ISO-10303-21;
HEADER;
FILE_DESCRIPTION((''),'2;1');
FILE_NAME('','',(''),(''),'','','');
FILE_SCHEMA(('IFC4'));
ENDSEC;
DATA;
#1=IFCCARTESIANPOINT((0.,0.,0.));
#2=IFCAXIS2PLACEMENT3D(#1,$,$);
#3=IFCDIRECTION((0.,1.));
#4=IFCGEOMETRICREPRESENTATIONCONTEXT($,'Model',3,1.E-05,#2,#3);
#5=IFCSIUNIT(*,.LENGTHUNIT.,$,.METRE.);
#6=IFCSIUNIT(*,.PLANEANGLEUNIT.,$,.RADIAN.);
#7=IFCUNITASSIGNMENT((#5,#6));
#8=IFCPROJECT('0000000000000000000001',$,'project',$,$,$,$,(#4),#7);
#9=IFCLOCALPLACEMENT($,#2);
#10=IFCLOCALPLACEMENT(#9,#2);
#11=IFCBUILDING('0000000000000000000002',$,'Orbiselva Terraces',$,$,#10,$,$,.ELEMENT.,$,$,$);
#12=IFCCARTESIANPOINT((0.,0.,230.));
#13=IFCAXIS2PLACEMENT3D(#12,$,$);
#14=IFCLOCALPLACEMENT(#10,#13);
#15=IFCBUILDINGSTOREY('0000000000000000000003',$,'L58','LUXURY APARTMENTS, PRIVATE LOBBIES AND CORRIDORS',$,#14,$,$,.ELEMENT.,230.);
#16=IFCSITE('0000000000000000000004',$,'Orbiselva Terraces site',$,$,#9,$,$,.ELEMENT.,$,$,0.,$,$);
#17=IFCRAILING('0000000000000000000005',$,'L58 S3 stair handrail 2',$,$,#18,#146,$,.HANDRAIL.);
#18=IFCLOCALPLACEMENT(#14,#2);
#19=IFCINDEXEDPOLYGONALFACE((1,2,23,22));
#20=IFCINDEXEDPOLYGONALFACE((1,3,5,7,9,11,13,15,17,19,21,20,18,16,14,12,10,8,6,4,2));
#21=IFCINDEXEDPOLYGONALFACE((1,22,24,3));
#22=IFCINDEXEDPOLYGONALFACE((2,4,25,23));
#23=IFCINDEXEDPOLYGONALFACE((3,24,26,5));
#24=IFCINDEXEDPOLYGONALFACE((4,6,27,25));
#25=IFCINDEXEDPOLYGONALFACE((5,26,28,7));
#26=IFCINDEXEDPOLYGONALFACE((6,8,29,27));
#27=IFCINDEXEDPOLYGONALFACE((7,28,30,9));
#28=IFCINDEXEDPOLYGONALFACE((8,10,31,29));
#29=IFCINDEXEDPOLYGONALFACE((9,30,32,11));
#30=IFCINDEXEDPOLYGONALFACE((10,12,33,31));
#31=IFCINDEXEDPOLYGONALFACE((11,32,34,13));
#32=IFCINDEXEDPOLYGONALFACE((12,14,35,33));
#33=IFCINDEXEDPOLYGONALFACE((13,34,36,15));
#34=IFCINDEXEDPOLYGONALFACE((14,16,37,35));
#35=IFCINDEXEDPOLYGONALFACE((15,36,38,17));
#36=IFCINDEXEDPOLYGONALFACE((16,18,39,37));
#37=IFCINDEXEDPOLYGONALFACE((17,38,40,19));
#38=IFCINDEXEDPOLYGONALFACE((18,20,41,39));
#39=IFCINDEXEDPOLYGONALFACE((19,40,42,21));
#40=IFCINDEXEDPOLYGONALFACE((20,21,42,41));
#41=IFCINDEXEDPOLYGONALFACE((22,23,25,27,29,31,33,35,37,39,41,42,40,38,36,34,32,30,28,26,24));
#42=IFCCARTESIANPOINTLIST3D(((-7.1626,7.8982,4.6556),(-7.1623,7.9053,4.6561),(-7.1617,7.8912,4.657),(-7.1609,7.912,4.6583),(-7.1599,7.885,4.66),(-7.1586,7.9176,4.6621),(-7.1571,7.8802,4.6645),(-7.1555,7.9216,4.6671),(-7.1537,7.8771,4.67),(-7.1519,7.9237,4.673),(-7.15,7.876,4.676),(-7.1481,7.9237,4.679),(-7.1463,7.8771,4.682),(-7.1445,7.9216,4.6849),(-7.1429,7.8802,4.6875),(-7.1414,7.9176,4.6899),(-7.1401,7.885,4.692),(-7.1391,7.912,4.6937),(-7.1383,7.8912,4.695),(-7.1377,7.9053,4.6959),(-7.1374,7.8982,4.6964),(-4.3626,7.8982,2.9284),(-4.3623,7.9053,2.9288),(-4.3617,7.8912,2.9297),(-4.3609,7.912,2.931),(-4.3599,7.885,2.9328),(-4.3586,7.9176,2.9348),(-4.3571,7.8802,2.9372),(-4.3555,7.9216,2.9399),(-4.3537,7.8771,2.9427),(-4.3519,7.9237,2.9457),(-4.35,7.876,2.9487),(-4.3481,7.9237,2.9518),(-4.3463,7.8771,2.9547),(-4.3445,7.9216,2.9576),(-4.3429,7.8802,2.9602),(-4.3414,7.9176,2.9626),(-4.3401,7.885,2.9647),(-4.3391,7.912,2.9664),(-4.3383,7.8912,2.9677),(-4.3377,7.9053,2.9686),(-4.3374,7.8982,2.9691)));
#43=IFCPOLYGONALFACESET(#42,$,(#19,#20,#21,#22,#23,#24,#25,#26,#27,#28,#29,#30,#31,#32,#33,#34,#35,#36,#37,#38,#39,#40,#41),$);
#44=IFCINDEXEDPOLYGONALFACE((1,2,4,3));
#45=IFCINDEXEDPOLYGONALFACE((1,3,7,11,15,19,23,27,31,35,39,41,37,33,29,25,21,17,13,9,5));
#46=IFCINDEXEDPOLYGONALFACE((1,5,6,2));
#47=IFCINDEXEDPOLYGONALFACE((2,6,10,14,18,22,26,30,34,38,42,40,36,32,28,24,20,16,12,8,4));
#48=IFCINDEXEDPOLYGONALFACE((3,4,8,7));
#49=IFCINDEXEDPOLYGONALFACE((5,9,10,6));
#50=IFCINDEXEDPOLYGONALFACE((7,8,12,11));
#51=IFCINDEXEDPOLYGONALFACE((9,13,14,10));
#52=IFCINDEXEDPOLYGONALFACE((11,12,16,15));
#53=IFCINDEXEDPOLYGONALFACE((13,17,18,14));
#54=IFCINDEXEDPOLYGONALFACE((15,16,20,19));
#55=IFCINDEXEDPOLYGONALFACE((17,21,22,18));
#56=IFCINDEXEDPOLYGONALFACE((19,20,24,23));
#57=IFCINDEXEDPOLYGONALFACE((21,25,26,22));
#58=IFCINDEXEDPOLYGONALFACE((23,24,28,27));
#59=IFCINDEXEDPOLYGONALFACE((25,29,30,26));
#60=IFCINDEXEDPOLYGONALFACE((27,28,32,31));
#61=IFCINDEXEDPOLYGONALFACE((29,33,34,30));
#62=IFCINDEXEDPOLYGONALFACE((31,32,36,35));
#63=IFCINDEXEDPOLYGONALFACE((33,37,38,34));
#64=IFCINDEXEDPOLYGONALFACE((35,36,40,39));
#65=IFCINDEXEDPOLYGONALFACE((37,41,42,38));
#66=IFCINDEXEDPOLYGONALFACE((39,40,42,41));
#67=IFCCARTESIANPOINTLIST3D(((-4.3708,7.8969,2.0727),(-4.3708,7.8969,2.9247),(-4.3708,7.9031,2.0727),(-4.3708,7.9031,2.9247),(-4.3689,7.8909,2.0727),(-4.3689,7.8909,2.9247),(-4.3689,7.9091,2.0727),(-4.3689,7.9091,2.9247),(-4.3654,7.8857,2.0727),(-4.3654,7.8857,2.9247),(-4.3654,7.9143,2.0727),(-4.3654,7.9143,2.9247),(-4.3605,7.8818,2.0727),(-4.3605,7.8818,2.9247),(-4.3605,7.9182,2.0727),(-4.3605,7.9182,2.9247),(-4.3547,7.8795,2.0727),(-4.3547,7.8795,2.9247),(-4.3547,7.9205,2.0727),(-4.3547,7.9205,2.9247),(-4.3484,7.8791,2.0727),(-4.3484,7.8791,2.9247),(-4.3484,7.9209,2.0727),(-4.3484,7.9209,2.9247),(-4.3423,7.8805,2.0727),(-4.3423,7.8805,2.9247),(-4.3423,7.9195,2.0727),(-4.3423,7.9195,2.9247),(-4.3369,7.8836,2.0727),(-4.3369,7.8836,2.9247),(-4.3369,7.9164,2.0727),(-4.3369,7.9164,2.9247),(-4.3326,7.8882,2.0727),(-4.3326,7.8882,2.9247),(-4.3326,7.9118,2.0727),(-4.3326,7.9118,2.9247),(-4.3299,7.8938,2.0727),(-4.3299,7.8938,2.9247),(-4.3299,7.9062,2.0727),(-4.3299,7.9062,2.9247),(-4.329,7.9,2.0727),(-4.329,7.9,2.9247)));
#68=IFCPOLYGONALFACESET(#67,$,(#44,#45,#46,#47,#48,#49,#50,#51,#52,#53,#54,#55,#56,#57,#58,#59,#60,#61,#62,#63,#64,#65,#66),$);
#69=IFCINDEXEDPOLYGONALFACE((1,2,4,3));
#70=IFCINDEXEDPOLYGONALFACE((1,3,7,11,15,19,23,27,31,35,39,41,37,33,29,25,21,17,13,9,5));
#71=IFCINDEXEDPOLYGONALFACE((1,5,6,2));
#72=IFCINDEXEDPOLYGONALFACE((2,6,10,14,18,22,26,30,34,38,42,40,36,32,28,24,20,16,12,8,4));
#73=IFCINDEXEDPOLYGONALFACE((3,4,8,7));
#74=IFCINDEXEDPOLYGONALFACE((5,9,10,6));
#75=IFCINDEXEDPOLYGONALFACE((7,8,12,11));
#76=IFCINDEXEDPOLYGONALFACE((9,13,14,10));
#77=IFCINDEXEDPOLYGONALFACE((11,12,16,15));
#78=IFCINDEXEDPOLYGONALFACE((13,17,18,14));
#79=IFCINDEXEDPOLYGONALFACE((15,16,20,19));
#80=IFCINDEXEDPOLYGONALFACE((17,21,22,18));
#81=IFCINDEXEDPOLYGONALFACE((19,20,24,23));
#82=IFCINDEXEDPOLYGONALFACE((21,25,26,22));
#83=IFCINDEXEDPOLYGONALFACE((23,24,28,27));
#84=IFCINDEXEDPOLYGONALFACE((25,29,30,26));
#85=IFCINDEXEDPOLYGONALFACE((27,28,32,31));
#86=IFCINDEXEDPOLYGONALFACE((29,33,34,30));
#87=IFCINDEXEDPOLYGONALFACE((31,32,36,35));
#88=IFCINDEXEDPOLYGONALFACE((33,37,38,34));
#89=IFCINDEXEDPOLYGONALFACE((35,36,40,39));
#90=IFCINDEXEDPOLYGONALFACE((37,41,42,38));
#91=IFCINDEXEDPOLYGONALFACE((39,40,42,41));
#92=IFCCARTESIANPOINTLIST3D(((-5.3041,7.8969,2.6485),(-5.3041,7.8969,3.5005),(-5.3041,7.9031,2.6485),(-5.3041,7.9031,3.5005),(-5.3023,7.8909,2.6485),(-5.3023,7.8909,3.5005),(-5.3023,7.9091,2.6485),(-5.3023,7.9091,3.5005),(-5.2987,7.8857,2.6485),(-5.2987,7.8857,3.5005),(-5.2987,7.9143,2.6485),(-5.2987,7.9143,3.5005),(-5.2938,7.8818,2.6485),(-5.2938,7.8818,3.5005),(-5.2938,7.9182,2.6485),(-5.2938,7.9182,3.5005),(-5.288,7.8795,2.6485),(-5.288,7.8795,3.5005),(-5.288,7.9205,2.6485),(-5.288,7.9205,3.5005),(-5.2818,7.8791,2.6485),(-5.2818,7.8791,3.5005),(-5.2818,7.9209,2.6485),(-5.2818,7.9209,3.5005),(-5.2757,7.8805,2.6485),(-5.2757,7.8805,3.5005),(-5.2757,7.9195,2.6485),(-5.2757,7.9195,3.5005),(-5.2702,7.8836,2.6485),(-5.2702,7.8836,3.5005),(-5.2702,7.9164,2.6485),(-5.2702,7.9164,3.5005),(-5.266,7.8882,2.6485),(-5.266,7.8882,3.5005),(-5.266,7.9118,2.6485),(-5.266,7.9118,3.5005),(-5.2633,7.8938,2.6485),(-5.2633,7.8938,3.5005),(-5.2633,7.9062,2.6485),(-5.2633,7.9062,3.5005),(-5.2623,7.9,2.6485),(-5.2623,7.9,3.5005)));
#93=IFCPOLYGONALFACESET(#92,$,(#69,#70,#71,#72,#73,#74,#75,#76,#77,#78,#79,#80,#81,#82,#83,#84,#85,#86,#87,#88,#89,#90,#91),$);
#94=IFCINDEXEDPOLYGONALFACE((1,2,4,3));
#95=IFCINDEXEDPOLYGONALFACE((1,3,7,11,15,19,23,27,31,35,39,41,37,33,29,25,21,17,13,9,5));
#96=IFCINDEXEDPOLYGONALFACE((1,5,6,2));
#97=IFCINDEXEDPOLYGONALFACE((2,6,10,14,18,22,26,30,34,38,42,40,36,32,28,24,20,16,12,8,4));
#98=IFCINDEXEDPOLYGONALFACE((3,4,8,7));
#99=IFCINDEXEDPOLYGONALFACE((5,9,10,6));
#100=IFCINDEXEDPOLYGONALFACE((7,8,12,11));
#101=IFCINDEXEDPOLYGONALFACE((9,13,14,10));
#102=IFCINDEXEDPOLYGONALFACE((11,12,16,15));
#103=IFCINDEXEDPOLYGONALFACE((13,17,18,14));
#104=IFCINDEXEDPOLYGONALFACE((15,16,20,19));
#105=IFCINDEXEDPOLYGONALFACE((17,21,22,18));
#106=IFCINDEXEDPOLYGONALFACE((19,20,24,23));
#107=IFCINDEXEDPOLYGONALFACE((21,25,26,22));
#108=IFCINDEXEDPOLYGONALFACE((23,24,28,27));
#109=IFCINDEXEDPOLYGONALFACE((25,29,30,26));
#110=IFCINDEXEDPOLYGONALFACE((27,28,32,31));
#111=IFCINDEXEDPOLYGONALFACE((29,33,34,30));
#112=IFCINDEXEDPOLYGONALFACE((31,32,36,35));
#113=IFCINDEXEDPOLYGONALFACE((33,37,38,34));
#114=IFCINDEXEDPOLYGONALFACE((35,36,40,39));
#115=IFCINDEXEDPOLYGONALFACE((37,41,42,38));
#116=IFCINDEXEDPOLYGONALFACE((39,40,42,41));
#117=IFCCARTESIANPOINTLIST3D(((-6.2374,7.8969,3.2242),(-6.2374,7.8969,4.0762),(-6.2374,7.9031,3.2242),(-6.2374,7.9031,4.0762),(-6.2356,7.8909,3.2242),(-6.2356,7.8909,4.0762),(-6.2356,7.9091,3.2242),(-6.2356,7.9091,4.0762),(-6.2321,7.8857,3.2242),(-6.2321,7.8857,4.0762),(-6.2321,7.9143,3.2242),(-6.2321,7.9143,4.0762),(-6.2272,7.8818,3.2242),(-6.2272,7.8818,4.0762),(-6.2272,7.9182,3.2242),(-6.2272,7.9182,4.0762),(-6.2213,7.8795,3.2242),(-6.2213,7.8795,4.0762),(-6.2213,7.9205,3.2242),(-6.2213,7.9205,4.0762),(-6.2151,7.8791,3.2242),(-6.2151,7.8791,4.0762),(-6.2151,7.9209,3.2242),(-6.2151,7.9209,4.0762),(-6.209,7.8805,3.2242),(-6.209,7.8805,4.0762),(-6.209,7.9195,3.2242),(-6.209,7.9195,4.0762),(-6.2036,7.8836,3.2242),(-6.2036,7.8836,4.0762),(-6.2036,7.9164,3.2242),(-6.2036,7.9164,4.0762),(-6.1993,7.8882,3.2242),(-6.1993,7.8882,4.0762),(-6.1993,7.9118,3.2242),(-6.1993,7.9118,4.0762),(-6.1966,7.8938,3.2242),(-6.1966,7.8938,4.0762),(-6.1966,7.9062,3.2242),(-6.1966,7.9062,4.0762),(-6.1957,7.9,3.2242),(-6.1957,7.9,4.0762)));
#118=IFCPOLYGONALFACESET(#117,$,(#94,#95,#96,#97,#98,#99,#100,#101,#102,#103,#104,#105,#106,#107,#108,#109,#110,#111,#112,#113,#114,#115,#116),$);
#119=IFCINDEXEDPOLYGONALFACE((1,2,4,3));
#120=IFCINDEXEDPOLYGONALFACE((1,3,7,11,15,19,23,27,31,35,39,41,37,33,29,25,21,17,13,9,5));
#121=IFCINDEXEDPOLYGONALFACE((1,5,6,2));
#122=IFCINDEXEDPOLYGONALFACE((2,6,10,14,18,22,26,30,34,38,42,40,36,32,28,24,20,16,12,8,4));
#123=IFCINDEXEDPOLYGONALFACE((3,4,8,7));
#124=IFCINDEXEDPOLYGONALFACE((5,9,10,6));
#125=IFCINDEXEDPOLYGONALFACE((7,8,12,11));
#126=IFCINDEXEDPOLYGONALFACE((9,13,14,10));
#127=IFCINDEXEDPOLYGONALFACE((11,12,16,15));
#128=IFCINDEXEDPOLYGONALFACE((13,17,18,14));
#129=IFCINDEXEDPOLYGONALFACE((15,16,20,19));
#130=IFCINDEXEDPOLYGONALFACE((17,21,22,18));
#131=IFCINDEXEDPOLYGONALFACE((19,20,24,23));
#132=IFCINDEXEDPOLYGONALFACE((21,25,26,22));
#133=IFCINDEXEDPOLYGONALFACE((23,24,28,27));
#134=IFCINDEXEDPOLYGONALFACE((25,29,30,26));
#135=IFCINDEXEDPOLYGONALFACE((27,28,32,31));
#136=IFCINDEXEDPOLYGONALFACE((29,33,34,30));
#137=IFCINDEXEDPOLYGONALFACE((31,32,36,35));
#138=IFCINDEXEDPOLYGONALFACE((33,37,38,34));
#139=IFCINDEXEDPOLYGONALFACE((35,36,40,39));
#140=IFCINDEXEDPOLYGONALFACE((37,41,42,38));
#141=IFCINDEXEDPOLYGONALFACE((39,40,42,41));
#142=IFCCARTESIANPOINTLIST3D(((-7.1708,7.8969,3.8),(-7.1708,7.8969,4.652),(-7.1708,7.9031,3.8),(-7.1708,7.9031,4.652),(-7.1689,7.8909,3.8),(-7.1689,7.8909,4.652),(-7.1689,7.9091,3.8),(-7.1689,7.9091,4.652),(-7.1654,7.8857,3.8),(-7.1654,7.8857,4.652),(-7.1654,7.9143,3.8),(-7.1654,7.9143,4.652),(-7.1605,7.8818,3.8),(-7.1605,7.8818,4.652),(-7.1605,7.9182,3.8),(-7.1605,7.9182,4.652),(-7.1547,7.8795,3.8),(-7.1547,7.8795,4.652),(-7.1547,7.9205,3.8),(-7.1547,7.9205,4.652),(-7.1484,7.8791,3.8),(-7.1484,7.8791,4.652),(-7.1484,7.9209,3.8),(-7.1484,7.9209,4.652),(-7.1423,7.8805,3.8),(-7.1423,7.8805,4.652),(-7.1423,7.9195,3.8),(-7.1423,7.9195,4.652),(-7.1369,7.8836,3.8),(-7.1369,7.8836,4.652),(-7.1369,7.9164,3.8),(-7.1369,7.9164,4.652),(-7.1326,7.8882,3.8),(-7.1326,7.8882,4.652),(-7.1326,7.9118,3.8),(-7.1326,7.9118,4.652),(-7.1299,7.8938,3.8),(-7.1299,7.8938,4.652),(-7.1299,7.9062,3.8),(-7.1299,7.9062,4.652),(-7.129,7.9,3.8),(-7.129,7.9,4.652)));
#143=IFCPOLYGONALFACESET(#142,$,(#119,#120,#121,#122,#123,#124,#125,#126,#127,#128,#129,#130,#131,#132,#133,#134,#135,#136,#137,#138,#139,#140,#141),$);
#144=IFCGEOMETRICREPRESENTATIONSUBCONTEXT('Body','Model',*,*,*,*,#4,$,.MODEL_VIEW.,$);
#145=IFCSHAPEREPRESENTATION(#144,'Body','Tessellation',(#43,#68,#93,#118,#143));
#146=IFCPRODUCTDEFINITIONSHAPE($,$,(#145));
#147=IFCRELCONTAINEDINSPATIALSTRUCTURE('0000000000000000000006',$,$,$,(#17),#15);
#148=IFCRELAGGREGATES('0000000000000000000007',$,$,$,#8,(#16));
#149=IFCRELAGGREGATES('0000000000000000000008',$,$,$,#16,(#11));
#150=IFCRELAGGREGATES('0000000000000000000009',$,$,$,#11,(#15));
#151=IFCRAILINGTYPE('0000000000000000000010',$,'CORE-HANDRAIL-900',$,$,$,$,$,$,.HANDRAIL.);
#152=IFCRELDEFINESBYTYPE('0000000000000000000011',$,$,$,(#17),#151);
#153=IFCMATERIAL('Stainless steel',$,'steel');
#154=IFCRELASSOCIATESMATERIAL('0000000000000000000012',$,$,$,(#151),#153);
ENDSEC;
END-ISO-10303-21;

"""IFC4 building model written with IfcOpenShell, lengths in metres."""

from ifc_helpers import new_model, si_unit, direction, frame, origin, origin_2d, place, context, subcontext, project, spatial, circle, extrude, material, type_object, element, save


model = new_model("IFC4")

# Units and contexts
model_context = context("Model", 3, precision=1e-05, world=origin(), true_north=direction((0.0, 1.0)))
body_context = subcontext(model_context, "Body", "Model", "MODEL_VIEW")
ifc_project = project(units=[si_unit("LENGTHUNIT", "METRE"), si_unit("PLANEANGLEUNIT", "RADIAN")], contexts=[model_context])

# Site, building, storey
site_placement = place(None, origin())
site = spatial("IfcSite", under=ifc_project, at=site_placement, Name="Orbiselva Terraces site", CompositionType="ELEMENT", RefElevation=0.0)
building_placement = place(site_placement, origin())
building = spatial("IfcBuilding", under=site, at=building_placement, Name="Orbiselva Terraces", CompositionType="ELEMENT")
storey_placement = place(building_placement, frame((0.0, 0.0, 230.0)))
storey = spatial("IfcBuildingStorey", under=building, at=storey_placement, Name="L58", Description="LUXURY APARTMENTS, PRIVATE LOBBIES AND CORRIDORS", CompositionType="ELEMENT", Elevation=230.0)

# Railing
ifc_material_1 = material(Name="Stainless steel", Category="steel")
railing_type_1 = type_object("IfcRailingType", Name="CORE-HANDRAIL-900", PredefinedType="HANDRAIL", material=ifc_material_1)
railing_1_placement = place(storey_placement, frame((-4.35, 7.9, 2.0727)))
element("IfcRailing", 1, at=railing_1_placement, inside=storey, type_object=railing_type_1, Name="L58 S3 stair handrail 2", PredefinedType="HANDRAIL", context=body_context, shape_type="SweptSolid", body=[
    extrude(circle(Radius=0.024, at=origin_2d()), frame((0.0, 0.0, 0.876), z_axis=(-0.851089, 0.0, 0.525022), x_axis=(0.0, -1.0, 0.0)), (0.0, 0.0, 1.0), 3.2899),
    extrude(circle(Radius=0.021, at=origin_2d()), origin(), (0.0, 0.0, 1.0), 0.852),
    extrude(circle(Radius=0.021, at=origin_2d()), frame((-0.9333, 0.0, 0.5758)), (0.0, 0.0, 1.0), 0.852),
    extrude(circle(Radius=0.021, at=origin_2d()), frame((-1.8667, 0.0, 1.1515)), (0.0, 0.0, 1.0), 0.852),
    extrude(circle(Radius=0.021, at=origin_2d()), frame((-2.8, 0.0, 1.7273)), (0.0, 0.0, 1.0), 0.852),
])

save(model, "model.ifc")
